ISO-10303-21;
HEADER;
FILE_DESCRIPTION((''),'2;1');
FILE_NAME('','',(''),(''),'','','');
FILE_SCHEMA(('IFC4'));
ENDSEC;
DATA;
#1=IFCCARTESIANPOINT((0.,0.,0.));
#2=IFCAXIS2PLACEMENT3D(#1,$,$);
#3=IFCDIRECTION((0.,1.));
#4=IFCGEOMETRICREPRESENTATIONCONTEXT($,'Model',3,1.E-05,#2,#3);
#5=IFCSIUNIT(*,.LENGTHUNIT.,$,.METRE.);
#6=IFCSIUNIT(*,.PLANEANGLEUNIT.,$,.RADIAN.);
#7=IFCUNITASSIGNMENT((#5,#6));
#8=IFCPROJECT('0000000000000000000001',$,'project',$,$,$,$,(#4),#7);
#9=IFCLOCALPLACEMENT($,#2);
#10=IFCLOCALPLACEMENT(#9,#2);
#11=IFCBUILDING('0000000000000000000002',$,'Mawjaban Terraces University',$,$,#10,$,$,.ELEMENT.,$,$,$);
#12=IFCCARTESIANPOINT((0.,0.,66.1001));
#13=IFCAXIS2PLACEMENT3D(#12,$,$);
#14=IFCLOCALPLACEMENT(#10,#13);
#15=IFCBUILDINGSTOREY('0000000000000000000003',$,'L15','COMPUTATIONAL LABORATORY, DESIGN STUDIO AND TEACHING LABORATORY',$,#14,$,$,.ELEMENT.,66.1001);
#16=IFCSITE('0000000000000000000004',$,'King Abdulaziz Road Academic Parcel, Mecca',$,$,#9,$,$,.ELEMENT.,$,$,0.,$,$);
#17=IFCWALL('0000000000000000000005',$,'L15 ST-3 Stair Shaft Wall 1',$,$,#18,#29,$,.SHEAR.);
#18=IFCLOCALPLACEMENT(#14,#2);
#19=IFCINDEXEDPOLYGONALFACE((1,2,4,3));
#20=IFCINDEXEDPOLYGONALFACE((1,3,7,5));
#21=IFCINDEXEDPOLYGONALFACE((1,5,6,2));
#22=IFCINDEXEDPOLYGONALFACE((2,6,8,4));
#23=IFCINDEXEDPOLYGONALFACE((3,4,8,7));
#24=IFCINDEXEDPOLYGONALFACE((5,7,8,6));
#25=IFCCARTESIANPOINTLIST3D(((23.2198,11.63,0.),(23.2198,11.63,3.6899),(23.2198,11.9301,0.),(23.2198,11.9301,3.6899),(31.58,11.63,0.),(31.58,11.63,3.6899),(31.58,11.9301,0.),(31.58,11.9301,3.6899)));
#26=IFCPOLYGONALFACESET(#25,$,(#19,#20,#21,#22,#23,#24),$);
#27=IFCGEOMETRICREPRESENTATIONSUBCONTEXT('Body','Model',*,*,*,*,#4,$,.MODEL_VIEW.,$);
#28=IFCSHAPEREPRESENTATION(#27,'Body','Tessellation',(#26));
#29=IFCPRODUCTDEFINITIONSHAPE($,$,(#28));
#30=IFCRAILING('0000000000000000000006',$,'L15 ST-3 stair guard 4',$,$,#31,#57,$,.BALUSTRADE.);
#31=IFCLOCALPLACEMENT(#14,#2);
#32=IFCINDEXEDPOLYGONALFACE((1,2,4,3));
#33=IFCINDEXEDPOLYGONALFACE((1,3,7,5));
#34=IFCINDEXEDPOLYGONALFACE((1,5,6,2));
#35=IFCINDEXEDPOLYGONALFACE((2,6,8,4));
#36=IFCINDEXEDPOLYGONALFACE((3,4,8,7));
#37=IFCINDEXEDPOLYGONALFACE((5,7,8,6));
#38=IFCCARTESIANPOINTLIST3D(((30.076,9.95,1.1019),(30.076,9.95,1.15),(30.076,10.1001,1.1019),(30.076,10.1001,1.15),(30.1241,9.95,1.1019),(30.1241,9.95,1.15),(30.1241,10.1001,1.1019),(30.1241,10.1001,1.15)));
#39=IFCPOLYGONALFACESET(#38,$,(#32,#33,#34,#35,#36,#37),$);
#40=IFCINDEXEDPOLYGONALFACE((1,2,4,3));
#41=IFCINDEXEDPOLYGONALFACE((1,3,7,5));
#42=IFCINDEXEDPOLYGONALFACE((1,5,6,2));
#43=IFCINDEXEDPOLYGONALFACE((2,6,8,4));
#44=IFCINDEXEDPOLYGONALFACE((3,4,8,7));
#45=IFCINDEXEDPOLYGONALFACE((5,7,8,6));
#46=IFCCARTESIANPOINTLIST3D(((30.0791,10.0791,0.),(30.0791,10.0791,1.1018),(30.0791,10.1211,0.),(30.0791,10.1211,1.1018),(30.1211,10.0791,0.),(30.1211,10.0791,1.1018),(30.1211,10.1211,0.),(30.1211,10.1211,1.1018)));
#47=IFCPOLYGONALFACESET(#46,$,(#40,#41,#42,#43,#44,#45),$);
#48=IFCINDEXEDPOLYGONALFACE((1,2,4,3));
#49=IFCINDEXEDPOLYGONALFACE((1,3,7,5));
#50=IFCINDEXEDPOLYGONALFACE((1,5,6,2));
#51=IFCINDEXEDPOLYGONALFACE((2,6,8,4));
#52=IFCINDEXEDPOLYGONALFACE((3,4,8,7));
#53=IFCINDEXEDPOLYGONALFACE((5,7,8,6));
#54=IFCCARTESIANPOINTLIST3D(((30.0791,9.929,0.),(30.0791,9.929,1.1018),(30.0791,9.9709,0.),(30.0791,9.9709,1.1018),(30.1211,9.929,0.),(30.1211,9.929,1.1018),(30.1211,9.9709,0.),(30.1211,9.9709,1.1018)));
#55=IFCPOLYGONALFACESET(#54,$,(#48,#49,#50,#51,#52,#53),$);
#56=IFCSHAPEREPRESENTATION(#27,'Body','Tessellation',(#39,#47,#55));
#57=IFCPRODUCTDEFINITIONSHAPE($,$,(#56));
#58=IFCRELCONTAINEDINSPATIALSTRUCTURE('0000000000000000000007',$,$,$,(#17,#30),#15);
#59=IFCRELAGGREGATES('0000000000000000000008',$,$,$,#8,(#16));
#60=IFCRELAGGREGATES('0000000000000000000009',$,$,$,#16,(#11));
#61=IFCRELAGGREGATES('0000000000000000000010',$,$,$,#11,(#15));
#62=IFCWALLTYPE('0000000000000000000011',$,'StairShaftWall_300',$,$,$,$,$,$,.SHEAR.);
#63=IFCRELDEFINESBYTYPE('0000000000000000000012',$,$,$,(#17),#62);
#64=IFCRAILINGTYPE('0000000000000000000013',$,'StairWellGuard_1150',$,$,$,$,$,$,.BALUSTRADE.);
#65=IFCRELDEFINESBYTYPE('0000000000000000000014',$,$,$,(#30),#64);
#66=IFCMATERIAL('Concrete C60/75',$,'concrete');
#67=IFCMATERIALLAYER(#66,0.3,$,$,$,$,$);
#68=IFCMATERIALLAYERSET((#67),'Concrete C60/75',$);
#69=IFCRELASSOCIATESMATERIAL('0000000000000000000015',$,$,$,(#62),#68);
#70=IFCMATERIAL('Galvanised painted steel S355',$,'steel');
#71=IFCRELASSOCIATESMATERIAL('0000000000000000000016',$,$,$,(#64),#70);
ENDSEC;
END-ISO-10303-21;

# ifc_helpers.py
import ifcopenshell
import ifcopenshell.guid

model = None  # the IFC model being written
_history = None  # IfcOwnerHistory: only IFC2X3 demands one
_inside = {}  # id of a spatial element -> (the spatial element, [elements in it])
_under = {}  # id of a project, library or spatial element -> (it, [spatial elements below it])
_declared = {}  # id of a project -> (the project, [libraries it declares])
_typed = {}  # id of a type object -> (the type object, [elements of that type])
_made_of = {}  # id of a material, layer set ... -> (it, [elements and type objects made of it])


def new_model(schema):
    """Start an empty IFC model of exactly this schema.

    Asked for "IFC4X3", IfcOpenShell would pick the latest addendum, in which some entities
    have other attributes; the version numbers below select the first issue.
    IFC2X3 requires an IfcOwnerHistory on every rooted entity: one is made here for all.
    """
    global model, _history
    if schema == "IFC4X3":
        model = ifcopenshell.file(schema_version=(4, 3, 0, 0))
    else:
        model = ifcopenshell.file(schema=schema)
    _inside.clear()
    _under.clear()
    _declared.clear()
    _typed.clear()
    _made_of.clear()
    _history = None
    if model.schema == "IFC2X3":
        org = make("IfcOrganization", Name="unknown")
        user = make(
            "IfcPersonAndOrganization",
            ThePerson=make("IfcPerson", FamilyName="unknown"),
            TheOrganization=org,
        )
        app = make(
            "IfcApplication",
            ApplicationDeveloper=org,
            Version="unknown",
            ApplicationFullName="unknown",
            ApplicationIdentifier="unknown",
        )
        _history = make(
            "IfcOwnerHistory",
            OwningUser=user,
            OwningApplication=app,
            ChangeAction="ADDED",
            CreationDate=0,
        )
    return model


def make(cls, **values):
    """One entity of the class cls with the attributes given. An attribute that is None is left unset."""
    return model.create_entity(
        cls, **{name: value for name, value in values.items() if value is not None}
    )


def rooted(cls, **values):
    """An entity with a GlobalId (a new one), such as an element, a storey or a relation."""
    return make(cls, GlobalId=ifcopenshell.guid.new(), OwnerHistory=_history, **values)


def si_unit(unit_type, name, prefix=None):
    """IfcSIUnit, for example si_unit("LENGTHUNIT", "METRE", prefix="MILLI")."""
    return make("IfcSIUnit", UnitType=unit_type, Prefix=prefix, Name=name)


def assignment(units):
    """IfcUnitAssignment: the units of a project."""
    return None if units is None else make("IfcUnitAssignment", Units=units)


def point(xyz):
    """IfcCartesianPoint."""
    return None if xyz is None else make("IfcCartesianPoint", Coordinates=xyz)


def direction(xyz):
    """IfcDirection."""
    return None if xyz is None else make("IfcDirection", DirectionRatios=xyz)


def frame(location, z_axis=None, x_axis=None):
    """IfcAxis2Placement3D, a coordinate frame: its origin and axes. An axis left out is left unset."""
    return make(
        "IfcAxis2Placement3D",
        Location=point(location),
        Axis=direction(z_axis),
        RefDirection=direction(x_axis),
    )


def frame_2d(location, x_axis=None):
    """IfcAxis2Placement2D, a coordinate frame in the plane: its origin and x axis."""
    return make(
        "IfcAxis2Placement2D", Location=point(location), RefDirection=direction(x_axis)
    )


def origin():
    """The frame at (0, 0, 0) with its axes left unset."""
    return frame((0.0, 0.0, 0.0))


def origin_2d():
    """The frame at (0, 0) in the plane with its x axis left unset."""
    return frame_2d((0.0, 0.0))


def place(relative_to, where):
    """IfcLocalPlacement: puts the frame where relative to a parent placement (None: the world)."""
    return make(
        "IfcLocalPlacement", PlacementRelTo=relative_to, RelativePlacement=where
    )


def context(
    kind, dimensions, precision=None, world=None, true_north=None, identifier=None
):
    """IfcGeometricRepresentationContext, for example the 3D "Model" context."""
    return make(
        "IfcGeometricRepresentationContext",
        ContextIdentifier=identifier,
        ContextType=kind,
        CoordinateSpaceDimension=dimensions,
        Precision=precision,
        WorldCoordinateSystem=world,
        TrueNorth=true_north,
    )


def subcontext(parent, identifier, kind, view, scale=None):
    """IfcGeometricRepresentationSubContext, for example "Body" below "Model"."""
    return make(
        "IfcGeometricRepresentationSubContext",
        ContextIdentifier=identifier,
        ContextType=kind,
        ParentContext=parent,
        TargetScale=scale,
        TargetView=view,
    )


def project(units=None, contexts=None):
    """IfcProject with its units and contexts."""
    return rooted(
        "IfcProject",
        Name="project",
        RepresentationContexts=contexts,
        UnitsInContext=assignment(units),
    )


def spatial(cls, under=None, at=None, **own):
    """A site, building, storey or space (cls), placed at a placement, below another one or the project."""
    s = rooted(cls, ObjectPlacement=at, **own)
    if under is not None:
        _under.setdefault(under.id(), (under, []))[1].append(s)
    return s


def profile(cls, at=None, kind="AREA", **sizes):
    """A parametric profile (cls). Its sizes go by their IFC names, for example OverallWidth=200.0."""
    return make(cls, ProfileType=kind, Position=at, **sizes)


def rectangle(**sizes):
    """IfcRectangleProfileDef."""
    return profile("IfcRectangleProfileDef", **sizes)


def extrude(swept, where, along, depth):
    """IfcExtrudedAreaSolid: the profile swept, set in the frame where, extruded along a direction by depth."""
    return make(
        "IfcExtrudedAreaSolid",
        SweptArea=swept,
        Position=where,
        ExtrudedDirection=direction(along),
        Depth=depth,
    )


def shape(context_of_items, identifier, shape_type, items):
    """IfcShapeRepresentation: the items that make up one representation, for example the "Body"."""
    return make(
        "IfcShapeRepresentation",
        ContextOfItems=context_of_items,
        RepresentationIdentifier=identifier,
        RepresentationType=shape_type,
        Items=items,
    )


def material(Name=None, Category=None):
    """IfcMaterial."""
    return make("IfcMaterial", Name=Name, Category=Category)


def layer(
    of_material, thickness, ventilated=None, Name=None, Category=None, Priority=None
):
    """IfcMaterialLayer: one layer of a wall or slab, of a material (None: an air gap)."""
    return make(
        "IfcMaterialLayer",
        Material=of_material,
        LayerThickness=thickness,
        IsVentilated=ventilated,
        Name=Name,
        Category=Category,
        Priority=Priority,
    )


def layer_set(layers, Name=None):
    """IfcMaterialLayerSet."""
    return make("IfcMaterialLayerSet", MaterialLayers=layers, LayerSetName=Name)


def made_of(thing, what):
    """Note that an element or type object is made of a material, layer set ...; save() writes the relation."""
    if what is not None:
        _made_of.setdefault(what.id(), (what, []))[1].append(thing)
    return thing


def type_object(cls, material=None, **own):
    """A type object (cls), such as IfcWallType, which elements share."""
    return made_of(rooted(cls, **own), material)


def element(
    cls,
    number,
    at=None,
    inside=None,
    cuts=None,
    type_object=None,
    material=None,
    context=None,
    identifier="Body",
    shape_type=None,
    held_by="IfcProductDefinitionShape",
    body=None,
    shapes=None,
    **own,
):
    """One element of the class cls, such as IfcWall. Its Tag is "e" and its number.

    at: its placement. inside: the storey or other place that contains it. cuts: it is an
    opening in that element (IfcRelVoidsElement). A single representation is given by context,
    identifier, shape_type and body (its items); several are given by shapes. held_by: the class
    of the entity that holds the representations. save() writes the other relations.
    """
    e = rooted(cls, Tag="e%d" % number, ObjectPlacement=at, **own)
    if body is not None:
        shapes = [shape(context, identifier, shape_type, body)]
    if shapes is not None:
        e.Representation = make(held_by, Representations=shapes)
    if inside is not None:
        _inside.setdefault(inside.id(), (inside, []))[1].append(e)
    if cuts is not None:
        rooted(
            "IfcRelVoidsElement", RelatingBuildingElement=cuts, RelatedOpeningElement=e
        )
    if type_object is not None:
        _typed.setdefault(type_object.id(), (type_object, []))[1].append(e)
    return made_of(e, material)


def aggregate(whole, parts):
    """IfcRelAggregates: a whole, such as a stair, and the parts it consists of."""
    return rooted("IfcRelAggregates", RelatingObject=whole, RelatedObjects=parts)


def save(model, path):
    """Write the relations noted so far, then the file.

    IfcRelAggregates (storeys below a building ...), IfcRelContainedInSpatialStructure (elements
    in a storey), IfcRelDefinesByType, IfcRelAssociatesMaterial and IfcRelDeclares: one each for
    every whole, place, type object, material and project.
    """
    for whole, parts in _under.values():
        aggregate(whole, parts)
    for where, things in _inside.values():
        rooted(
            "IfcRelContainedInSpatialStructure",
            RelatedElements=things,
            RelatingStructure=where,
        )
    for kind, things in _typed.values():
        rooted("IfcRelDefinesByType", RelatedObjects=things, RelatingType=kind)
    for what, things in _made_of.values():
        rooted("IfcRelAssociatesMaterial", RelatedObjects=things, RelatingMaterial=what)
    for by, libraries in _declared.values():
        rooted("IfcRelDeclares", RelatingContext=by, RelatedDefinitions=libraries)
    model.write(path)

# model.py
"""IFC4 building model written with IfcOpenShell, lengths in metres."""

from ifc_helpers import new_model, si_unit, direction, frame, frame_2d, origin, origin_2d, place, context, subcontext, project, spatial, rectangle, extrude, material, layer, layer_set, type_object, element, save


model = new_model("IFC4")

# Units and contexts
model_context = context("Model", 3, precision=1e-05, world=origin(), true_north=direction((0.0, 1.0)))
body_context = subcontext(model_context, "Body", "Model", "MODEL_VIEW")
ifc_project = project(units=[si_unit("LENGTHUNIT", "METRE"), si_unit("PLANEANGLEUNIT", "RADIAN")], contexts=[model_context])

# Site, building, storey
site_placement = place(None, origin())
site = spatial("IfcSite", under=ifc_project, at=site_placement, Name="King Abdulaziz Road Academic Parcel, Mecca", CompositionType="ELEMENT", RefElevation=0.0)
building_placement = place(site_placement, origin())
building = spatial("IfcBuilding", under=site, at=building_placement, Name="Mawjaban Terraces University", CompositionType="ELEMENT")
storey_placement = place(building_placement, frame((0.0, 0.0, 66.1001)))
storey = spatial("IfcBuildingStorey", under=building, at=storey_placement, Name="L15", Description="COMPUTATIONAL LABORATORY, DESIGN STUDIO AND TEACHING LABORATORY", CompositionType="ELEMENT", Elevation=66.1001)

# Shared definitions
ifc_material_1 = material(Name="Concrete C60/75", Category="concrete")
ifc_layer_1 = layer(ifc_material_1, 0.3)
ifc_layer_set_1 = layer_set([ifc_layer_1], Name="Concrete C60/75")
wall_type_1 = type_object("IfcWallType", Name="StairShaftWall_300", PredefinedType="SHEAR", material=ifc_layer_set_1)

# Wall
wall_1_placement = place(storey_placement, frame((31.5801, 11.78, 0.0), z_axis=(0.0, 0.0, 1.0), x_axis=(-1.0, 0.0, 0.0)))
element("IfcWall", 1, at=wall_1_placement, inside=storey, type_object=wall_type_1, Name="L15 ST-3 Stair Shaft Wall 1", PredefinedType="SHEAR", context=body_context, shape_type="SweptSolid", body=[
    extrude(rectangle(XDim=8.3601, YDim=0.3, at=frame_2d((4.1802, 0.0))), origin(), (0.0, 0.0, 1.0), 3.6899),
])

# Railing
ifc_material_2 = material(Name="Galvanised painted steel S355", Category="steel")
railing_type = type_object("IfcRailingType", Name="StairWellGuard_1150", PredefinedType="BALUSTRADE", material=ifc_material_2)
railing_placement = place(storey_placement, frame((30.1001, 10.1001, 0.0)))
element("IfcRailing", 2, at=railing_placement, inside=storey, type_object=railing_type, Name="L15 ST-3 stair guard 4", PredefinedType="BALUSTRADE", context=body_context, shape_type="SweptSolid", body=[
    extrude(rectangle(XDim=0.0481, YDim=0.0481, at=origin_2d()), frame((0.0, 0.0, 1.126), z_axis=(0.0, -1.0, 0.0), x_axis=(1.0, 0.0, 0.0)), (0.0, 0.0, 1.0), 0.1501),
    extrude(rectangle(XDim=0.042, YDim=0.042, at=origin_2d()), origin(), (0.0, 0.0, 1.0), 1.1018),
    extrude(rectangle(XDim=0.042, YDim=0.042, at=origin_2d()), frame((0.0, -0.1501, 0.0)), (0.0, 0.0, 1.0), 1.1018),
])

save(model, "model.ifc")
